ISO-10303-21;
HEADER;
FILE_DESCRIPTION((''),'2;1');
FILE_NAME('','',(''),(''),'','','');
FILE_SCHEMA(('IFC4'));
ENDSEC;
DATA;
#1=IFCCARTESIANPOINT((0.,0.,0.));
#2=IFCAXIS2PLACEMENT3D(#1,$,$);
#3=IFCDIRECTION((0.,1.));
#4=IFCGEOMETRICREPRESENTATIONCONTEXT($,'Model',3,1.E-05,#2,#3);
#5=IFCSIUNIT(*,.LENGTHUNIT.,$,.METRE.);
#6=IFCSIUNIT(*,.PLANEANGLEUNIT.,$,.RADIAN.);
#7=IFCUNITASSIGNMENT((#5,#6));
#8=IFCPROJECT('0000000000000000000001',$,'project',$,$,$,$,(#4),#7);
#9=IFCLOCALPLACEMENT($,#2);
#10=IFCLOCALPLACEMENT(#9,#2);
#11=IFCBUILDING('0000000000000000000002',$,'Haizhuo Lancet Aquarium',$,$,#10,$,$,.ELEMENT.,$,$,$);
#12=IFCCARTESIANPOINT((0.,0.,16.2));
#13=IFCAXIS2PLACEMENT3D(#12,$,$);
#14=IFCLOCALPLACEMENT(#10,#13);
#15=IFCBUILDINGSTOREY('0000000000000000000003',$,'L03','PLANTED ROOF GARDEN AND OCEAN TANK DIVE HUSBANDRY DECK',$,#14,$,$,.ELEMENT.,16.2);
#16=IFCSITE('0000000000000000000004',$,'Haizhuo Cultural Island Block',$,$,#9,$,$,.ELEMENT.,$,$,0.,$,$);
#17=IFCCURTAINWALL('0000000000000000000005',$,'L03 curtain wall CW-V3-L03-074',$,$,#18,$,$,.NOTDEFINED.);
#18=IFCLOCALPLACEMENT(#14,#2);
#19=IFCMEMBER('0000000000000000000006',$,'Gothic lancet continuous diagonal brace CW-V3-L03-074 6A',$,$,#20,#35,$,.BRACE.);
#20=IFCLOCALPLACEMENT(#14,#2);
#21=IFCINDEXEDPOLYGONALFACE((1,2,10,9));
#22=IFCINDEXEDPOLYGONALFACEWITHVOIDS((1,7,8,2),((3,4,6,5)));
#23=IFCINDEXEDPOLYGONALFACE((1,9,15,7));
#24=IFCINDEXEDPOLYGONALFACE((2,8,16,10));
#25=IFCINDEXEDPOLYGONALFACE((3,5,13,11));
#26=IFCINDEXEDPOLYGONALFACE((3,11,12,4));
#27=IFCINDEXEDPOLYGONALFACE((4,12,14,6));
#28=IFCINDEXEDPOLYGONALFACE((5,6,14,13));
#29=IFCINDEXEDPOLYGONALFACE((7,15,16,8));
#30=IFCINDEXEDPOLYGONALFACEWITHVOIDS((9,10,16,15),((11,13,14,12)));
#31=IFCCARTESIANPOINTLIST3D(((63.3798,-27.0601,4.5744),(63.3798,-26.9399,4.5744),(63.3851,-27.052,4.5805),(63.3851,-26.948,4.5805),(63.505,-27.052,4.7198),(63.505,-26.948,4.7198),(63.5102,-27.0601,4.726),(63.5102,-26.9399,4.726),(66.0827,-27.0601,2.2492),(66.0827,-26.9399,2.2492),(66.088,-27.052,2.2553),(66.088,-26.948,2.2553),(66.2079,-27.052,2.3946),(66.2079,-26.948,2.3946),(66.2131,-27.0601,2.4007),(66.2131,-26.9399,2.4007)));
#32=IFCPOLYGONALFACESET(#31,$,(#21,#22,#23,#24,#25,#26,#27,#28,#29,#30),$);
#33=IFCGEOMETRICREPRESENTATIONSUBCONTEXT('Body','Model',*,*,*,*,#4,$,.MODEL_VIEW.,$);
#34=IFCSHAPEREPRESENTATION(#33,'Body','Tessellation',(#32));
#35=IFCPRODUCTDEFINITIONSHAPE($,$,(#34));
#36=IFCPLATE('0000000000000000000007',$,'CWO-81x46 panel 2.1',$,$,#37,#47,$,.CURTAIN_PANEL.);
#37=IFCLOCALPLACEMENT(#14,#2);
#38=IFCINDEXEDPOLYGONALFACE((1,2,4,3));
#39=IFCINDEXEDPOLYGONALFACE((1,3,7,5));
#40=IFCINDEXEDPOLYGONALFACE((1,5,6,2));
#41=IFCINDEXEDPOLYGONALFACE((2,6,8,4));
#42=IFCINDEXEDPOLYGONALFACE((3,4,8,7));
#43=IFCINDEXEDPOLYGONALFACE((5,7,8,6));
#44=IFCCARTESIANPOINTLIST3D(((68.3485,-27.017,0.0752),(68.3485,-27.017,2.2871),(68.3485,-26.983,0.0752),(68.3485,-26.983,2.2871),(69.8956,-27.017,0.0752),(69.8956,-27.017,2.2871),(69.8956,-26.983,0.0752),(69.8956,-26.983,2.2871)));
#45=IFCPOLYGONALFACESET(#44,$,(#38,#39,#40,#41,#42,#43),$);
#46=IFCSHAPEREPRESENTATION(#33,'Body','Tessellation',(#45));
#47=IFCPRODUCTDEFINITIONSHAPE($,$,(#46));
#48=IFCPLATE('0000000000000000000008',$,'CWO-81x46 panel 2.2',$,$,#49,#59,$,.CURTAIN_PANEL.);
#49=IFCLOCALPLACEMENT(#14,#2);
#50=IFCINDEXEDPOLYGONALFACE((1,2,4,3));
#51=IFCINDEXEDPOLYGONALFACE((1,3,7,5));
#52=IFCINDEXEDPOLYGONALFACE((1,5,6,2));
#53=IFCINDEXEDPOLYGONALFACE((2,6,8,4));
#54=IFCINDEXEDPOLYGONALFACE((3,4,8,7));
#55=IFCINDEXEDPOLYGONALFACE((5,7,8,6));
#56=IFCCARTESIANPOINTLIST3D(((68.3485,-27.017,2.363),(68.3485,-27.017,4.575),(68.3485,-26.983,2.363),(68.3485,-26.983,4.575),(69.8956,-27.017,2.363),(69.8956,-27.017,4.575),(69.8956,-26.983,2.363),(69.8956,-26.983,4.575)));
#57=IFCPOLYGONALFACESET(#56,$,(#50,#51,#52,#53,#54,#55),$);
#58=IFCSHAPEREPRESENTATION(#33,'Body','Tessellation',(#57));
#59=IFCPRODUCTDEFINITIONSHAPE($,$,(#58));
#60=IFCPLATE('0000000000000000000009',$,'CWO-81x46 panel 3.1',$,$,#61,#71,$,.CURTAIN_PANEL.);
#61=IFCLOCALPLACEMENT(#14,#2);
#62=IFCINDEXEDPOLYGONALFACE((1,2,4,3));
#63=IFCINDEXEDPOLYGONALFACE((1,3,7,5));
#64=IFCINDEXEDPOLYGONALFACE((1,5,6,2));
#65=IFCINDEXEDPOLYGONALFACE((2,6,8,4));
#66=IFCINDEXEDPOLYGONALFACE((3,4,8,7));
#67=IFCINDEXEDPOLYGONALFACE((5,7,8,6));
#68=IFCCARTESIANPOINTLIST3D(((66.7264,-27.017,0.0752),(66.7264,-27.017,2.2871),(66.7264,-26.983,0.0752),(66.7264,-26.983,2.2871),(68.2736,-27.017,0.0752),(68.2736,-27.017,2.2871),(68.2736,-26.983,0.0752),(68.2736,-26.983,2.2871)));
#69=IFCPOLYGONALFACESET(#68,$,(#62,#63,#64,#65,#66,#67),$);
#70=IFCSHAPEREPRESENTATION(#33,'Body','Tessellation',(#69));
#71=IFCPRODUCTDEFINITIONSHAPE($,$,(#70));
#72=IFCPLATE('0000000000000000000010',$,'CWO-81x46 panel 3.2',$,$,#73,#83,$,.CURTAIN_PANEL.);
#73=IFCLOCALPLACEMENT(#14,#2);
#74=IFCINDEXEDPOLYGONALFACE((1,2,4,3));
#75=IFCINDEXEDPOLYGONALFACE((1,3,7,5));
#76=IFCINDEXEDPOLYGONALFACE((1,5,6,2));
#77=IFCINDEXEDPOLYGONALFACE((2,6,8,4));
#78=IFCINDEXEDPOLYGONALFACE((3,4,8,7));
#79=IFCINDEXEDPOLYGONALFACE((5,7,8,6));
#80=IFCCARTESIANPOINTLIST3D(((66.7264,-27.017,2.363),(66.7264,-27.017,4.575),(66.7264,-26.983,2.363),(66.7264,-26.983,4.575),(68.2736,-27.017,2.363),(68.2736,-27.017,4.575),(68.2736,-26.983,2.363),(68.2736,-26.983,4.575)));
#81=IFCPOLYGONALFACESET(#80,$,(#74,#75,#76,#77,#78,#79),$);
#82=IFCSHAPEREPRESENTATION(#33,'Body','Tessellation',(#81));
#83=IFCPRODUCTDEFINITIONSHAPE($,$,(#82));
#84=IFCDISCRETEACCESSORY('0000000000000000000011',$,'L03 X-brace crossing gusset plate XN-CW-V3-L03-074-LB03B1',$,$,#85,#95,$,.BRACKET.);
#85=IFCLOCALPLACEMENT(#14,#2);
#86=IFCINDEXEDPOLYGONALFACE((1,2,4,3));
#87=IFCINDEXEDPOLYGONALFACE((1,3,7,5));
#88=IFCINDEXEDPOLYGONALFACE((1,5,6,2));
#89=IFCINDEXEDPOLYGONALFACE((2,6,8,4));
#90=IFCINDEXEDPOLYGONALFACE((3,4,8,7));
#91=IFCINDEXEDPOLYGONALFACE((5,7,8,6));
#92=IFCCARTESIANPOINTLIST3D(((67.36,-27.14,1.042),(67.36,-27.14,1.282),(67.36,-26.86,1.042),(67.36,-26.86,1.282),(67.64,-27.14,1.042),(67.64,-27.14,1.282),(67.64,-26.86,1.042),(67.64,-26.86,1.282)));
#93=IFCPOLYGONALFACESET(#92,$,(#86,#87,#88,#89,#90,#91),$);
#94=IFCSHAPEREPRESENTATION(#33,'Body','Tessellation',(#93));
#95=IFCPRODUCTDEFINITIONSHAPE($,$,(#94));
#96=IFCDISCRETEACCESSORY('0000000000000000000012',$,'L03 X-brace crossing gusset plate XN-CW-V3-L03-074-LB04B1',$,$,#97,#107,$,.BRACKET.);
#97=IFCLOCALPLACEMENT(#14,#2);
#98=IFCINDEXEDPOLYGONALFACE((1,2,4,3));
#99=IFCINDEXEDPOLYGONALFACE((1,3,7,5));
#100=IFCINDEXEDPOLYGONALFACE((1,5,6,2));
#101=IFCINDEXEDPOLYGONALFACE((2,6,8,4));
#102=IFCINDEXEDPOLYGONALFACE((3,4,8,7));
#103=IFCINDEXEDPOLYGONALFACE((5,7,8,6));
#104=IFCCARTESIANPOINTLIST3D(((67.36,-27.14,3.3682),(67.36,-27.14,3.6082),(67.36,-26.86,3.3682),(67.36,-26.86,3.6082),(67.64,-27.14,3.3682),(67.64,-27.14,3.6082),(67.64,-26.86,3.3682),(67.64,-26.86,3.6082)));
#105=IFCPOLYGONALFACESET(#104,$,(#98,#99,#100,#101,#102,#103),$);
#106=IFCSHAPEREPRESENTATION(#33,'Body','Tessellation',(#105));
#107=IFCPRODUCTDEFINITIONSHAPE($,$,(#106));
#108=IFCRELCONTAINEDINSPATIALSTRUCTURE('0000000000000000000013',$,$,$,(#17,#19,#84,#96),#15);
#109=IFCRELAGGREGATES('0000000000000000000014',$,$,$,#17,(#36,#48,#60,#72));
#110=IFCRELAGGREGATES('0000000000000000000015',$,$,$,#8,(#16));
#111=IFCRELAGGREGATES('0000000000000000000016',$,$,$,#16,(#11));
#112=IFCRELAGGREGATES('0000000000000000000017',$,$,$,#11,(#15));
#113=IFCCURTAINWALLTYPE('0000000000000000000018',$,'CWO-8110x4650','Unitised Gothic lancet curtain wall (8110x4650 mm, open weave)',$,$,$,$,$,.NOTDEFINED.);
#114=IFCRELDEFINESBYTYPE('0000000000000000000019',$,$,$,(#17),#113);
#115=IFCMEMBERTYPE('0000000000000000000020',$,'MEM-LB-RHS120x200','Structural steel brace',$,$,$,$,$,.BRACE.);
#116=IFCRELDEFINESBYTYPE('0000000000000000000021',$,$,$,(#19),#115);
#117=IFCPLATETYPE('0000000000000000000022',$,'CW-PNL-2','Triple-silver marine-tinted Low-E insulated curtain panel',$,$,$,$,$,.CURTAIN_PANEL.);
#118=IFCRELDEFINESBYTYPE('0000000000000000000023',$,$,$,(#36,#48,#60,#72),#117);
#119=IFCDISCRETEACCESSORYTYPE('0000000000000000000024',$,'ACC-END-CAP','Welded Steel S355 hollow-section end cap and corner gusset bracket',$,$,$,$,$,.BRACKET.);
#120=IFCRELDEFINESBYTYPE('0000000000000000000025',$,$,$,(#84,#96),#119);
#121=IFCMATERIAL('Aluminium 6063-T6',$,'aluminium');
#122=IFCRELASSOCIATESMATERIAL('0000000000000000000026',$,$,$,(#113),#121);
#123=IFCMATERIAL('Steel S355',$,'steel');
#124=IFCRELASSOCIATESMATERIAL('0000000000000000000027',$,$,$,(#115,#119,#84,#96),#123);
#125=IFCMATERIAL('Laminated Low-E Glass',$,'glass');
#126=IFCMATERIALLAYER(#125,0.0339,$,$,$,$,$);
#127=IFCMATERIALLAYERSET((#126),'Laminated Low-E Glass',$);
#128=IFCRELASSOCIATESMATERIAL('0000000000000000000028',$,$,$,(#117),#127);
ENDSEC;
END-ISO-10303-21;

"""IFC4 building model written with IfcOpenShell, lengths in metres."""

from ifc_helpers import new_model, si_unit, direction, frame, origin, origin_2d, place, context, subcontext, project, spatial, rectangle, hollow_rectangle, extrude, material, layer, layer_set, material_profile, profile_set, type_object, element, aggregate, save


model = new_model("IFC4")

# Units and contexts
model_context = context("Model", 3, precision=1e-05, world=origin(), true_north=direction((0.0, 1.0)))
body_context = subcontext(model_context, "Body", "Model", "MODEL_VIEW")
ifc_project = project(units=[si_unit("LENGTHUNIT", "METRE"), si_unit("PLANEANGLEUNIT", "RADIAN")], contexts=[model_context])

# Site, building, storey
site_placement = place(None, origin())
site = spatial("IfcSite", under=ifc_project, at=site_placement, Name="Haizhuo Cultural Island Block", CompositionType="ELEMENT", RefElevation=0.0)
building_placement = place(site_placement, origin())
building = spatial("IfcBuilding", under=site, at=building_placement, Name="Haizhuo Lancet Aquarium", CompositionType="ELEMENT")
storey_placement = place(building_placement, frame((0.0, 0.0, 16.2)))
storey = spatial("IfcBuildingStorey", under=building, at=storey_placement, Name="L03", Description="PLANTED ROOF GARDEN AND OCEAN TANK DIVE HUSBANDRY DECK", CompositionType="ELEMENT", Elevation=16.2)

# Curtain wall
ifc_material_1 = material(Name="Aluminium 6063-T6", Category="aluminium")
curtain_wall_type = type_object("IfcCurtainWallType", Name="CWO-8110x4650", Description="Unitised Gothic lancet curtain wall (8110x4650 mm, open weave)", PredefinedType="NOTDEFINED", material=ifc_material_1)
curtain_wall_placement = place(storey_placement, origin())
curtain_wall = element("IfcCurtainWall", 1, at=curtain_wall_placement, inside=storey, type_object=curtain_wall_type, Name="L03 curtain wall CW-V3-L03-074", PredefinedType="NOTDEFINED")

# Member
ifc_material_2 = material(Name="Steel S355", Category="steel")
ifc_material_profile_1 = material_profile(ifc_material_2, hollow_rectangle(XDim=0.1201, YDim=0.2, WallThickness=0.0081, at=origin_2d()), Name="RHS 120x200x8")
ifc_profile_set_1 = profile_set([ifc_material_profile_1], Name="Steel S355")
member_type_1 = type_object("IfcMemberType", Name="MEM-LB-RHS120x200", Description="Structural steel brace", PredefinedType="BRACE", material=ifc_profile_set_1)
member_1_placement = place(storey_placement, frame((66.1479, -27.0, 2.325), z_axis=(-0.758086, 0.0, 0.652155), x_axis=(0.0, -1.0, 0.0)))
element("IfcMember", 2, at=member_1_placement, inside=storey, type_object=member_type_1, Name="Gothic lancet continuous diagonal brace CW-V3-L03-074 6A", PredefinedType="BRACE", context=body_context, shape_type="SweptSolid", body=[
    extrude(hollow_rectangle(XDim=0.1201, YDim=0.2, WallThickness=0.0081, at=origin_2d()), origin(), (0.0, 0.0, 1.0), 3.5654),
])

# Plates
ifc_material_3 = material(Name="Laminated Low-E Glass", Category="glass")
ifc_layer = layer(ifc_material_3, 0.0339)
ifc_layer_set = layer_set([ifc_layer], Name="Laminated Low-E Glass")
plate_type = type_object("IfcPlateType", Name="CW-PNL-2", Description="Triple-silver marine-tinted Low-E insulated curtain panel", PredefinedType="CURTAIN_PANEL", material=ifc_layer_set)
plate_1_placement = place(storey_placement, frame((69.1221, -27.0, 0.0752), z_axis=(0.0, 0.0, 1.0), x_axis=(-1.0, 0.0, 0.0)))
plate_1 = element("IfcPlate", 3, at=plate_1_placement, type_object=plate_type, Name="CWO-81x46 panel 2.1", PredefinedType="CURTAIN_PANEL", context=body_context, shape_type="SweptSolid", body=[
    extrude(rectangle(XDim=1.5471, YDim=0.0339, at=origin_2d()), origin(), (0.0, 0.0, 1.0), 2.2119),
])
plate_2_placement = place(storey_placement, frame((69.1221, -27.0, 2.363), z_axis=(0.0, 0.0, 1.0), x_axis=(-1.0, 0.0, 0.0)))
plate_2 = element("IfcPlate", 4, at=plate_2_placement, type_object=plate_type, Name="CWO-81x46 panel 2.2", PredefinedType="CURTAIN_PANEL", context=body_context, shape_type="SweptSolid", body=[
    extrude(rectangle(XDim=1.5471, YDim=0.0339, at=origin_2d()), origin(), (0.0, 0.0, 1.0), 2.2119),
])
plate_3_placement = place(storey_placement, frame((67.5, -27.0, 0.0752), z_axis=(0.0, 0.0, 1.0), x_axis=(-1.0, 0.0, 0.0)))
plate_3 = element("IfcPlate", 5, at=plate_3_placement, type_object=plate_type, Name="CWO-81x46 panel 3.1", PredefinedType="CURTAIN_PANEL", context=body_context, shape_type="SweptSolid", body=[
    extrude(rectangle(XDim=1.5471, YDim=0.0339, at=origin_2d()), origin(), (0.0, 0.0, 1.0), 2.2119),
])
plate_4_placement = place(storey_placement, frame((67.5, -27.0, 2.363), z_axis=(0.0, 0.0, 1.0), x_axis=(-1.0, 0.0, 0.0)))
plate_4 = element("IfcPlate", 6, at=plate_4_placement, type_object=plate_type, Name="CWO-81x46 panel 3.2", PredefinedType="CURTAIN_PANEL", context=body_context, shape_type="SweptSolid", body=[
    extrude(rectangle(XDim=1.5471, YDim=0.0339, at=origin_2d()), origin(), (0.0, 0.0, 1.0), 2.2119),
])
aggregate(curtain_wall, [plate_1, plate_2, plate_3, plate_4])

# Discrete accessories
discrete_accessory_type = type_object("IfcDiscreteAccessoryType", Name="ACC-END-CAP", Description="Welded Steel S355 hollow-section end cap and corner gusset bracket", PredefinedType="BRACKET", material=ifc_material_2)
for number, where, z_axis, x_axis, name in (
    (7, (67.5, -27.0, 1.042), (0.0, 0.0, 1.0), (1.0, 0.0, 0.0), "L03 X-brace crossing gusset plate XN-CW-V3-L03-074-LB03B1"),
    (8, (67.5, -27.0, 3.3682), (0.0, 0.0, 1.0), (1.0, 0.0, 0.0), "L03 X-brace crossing gusset plate XN-CW-V3-L03-074-LB04B1"),
):
    element("IfcDiscreteAccessory", number, at=place(storey_placement, frame(where, z_axis=z_axis, x_axis=x_axis)), inside=storey, type_object=discrete_accessory_type, material=ifc_material_2, Name=name, PredefinedType="BRACKET", context=body_context, shape_type="SweptSolid", body=[
        extrude(rectangle(XDim=0.28, YDim=0.28, at=origin_2d()), origin(), (0.0, 0.0, 1.0), 0.24),
    ])

save(model, "model.ifc")
